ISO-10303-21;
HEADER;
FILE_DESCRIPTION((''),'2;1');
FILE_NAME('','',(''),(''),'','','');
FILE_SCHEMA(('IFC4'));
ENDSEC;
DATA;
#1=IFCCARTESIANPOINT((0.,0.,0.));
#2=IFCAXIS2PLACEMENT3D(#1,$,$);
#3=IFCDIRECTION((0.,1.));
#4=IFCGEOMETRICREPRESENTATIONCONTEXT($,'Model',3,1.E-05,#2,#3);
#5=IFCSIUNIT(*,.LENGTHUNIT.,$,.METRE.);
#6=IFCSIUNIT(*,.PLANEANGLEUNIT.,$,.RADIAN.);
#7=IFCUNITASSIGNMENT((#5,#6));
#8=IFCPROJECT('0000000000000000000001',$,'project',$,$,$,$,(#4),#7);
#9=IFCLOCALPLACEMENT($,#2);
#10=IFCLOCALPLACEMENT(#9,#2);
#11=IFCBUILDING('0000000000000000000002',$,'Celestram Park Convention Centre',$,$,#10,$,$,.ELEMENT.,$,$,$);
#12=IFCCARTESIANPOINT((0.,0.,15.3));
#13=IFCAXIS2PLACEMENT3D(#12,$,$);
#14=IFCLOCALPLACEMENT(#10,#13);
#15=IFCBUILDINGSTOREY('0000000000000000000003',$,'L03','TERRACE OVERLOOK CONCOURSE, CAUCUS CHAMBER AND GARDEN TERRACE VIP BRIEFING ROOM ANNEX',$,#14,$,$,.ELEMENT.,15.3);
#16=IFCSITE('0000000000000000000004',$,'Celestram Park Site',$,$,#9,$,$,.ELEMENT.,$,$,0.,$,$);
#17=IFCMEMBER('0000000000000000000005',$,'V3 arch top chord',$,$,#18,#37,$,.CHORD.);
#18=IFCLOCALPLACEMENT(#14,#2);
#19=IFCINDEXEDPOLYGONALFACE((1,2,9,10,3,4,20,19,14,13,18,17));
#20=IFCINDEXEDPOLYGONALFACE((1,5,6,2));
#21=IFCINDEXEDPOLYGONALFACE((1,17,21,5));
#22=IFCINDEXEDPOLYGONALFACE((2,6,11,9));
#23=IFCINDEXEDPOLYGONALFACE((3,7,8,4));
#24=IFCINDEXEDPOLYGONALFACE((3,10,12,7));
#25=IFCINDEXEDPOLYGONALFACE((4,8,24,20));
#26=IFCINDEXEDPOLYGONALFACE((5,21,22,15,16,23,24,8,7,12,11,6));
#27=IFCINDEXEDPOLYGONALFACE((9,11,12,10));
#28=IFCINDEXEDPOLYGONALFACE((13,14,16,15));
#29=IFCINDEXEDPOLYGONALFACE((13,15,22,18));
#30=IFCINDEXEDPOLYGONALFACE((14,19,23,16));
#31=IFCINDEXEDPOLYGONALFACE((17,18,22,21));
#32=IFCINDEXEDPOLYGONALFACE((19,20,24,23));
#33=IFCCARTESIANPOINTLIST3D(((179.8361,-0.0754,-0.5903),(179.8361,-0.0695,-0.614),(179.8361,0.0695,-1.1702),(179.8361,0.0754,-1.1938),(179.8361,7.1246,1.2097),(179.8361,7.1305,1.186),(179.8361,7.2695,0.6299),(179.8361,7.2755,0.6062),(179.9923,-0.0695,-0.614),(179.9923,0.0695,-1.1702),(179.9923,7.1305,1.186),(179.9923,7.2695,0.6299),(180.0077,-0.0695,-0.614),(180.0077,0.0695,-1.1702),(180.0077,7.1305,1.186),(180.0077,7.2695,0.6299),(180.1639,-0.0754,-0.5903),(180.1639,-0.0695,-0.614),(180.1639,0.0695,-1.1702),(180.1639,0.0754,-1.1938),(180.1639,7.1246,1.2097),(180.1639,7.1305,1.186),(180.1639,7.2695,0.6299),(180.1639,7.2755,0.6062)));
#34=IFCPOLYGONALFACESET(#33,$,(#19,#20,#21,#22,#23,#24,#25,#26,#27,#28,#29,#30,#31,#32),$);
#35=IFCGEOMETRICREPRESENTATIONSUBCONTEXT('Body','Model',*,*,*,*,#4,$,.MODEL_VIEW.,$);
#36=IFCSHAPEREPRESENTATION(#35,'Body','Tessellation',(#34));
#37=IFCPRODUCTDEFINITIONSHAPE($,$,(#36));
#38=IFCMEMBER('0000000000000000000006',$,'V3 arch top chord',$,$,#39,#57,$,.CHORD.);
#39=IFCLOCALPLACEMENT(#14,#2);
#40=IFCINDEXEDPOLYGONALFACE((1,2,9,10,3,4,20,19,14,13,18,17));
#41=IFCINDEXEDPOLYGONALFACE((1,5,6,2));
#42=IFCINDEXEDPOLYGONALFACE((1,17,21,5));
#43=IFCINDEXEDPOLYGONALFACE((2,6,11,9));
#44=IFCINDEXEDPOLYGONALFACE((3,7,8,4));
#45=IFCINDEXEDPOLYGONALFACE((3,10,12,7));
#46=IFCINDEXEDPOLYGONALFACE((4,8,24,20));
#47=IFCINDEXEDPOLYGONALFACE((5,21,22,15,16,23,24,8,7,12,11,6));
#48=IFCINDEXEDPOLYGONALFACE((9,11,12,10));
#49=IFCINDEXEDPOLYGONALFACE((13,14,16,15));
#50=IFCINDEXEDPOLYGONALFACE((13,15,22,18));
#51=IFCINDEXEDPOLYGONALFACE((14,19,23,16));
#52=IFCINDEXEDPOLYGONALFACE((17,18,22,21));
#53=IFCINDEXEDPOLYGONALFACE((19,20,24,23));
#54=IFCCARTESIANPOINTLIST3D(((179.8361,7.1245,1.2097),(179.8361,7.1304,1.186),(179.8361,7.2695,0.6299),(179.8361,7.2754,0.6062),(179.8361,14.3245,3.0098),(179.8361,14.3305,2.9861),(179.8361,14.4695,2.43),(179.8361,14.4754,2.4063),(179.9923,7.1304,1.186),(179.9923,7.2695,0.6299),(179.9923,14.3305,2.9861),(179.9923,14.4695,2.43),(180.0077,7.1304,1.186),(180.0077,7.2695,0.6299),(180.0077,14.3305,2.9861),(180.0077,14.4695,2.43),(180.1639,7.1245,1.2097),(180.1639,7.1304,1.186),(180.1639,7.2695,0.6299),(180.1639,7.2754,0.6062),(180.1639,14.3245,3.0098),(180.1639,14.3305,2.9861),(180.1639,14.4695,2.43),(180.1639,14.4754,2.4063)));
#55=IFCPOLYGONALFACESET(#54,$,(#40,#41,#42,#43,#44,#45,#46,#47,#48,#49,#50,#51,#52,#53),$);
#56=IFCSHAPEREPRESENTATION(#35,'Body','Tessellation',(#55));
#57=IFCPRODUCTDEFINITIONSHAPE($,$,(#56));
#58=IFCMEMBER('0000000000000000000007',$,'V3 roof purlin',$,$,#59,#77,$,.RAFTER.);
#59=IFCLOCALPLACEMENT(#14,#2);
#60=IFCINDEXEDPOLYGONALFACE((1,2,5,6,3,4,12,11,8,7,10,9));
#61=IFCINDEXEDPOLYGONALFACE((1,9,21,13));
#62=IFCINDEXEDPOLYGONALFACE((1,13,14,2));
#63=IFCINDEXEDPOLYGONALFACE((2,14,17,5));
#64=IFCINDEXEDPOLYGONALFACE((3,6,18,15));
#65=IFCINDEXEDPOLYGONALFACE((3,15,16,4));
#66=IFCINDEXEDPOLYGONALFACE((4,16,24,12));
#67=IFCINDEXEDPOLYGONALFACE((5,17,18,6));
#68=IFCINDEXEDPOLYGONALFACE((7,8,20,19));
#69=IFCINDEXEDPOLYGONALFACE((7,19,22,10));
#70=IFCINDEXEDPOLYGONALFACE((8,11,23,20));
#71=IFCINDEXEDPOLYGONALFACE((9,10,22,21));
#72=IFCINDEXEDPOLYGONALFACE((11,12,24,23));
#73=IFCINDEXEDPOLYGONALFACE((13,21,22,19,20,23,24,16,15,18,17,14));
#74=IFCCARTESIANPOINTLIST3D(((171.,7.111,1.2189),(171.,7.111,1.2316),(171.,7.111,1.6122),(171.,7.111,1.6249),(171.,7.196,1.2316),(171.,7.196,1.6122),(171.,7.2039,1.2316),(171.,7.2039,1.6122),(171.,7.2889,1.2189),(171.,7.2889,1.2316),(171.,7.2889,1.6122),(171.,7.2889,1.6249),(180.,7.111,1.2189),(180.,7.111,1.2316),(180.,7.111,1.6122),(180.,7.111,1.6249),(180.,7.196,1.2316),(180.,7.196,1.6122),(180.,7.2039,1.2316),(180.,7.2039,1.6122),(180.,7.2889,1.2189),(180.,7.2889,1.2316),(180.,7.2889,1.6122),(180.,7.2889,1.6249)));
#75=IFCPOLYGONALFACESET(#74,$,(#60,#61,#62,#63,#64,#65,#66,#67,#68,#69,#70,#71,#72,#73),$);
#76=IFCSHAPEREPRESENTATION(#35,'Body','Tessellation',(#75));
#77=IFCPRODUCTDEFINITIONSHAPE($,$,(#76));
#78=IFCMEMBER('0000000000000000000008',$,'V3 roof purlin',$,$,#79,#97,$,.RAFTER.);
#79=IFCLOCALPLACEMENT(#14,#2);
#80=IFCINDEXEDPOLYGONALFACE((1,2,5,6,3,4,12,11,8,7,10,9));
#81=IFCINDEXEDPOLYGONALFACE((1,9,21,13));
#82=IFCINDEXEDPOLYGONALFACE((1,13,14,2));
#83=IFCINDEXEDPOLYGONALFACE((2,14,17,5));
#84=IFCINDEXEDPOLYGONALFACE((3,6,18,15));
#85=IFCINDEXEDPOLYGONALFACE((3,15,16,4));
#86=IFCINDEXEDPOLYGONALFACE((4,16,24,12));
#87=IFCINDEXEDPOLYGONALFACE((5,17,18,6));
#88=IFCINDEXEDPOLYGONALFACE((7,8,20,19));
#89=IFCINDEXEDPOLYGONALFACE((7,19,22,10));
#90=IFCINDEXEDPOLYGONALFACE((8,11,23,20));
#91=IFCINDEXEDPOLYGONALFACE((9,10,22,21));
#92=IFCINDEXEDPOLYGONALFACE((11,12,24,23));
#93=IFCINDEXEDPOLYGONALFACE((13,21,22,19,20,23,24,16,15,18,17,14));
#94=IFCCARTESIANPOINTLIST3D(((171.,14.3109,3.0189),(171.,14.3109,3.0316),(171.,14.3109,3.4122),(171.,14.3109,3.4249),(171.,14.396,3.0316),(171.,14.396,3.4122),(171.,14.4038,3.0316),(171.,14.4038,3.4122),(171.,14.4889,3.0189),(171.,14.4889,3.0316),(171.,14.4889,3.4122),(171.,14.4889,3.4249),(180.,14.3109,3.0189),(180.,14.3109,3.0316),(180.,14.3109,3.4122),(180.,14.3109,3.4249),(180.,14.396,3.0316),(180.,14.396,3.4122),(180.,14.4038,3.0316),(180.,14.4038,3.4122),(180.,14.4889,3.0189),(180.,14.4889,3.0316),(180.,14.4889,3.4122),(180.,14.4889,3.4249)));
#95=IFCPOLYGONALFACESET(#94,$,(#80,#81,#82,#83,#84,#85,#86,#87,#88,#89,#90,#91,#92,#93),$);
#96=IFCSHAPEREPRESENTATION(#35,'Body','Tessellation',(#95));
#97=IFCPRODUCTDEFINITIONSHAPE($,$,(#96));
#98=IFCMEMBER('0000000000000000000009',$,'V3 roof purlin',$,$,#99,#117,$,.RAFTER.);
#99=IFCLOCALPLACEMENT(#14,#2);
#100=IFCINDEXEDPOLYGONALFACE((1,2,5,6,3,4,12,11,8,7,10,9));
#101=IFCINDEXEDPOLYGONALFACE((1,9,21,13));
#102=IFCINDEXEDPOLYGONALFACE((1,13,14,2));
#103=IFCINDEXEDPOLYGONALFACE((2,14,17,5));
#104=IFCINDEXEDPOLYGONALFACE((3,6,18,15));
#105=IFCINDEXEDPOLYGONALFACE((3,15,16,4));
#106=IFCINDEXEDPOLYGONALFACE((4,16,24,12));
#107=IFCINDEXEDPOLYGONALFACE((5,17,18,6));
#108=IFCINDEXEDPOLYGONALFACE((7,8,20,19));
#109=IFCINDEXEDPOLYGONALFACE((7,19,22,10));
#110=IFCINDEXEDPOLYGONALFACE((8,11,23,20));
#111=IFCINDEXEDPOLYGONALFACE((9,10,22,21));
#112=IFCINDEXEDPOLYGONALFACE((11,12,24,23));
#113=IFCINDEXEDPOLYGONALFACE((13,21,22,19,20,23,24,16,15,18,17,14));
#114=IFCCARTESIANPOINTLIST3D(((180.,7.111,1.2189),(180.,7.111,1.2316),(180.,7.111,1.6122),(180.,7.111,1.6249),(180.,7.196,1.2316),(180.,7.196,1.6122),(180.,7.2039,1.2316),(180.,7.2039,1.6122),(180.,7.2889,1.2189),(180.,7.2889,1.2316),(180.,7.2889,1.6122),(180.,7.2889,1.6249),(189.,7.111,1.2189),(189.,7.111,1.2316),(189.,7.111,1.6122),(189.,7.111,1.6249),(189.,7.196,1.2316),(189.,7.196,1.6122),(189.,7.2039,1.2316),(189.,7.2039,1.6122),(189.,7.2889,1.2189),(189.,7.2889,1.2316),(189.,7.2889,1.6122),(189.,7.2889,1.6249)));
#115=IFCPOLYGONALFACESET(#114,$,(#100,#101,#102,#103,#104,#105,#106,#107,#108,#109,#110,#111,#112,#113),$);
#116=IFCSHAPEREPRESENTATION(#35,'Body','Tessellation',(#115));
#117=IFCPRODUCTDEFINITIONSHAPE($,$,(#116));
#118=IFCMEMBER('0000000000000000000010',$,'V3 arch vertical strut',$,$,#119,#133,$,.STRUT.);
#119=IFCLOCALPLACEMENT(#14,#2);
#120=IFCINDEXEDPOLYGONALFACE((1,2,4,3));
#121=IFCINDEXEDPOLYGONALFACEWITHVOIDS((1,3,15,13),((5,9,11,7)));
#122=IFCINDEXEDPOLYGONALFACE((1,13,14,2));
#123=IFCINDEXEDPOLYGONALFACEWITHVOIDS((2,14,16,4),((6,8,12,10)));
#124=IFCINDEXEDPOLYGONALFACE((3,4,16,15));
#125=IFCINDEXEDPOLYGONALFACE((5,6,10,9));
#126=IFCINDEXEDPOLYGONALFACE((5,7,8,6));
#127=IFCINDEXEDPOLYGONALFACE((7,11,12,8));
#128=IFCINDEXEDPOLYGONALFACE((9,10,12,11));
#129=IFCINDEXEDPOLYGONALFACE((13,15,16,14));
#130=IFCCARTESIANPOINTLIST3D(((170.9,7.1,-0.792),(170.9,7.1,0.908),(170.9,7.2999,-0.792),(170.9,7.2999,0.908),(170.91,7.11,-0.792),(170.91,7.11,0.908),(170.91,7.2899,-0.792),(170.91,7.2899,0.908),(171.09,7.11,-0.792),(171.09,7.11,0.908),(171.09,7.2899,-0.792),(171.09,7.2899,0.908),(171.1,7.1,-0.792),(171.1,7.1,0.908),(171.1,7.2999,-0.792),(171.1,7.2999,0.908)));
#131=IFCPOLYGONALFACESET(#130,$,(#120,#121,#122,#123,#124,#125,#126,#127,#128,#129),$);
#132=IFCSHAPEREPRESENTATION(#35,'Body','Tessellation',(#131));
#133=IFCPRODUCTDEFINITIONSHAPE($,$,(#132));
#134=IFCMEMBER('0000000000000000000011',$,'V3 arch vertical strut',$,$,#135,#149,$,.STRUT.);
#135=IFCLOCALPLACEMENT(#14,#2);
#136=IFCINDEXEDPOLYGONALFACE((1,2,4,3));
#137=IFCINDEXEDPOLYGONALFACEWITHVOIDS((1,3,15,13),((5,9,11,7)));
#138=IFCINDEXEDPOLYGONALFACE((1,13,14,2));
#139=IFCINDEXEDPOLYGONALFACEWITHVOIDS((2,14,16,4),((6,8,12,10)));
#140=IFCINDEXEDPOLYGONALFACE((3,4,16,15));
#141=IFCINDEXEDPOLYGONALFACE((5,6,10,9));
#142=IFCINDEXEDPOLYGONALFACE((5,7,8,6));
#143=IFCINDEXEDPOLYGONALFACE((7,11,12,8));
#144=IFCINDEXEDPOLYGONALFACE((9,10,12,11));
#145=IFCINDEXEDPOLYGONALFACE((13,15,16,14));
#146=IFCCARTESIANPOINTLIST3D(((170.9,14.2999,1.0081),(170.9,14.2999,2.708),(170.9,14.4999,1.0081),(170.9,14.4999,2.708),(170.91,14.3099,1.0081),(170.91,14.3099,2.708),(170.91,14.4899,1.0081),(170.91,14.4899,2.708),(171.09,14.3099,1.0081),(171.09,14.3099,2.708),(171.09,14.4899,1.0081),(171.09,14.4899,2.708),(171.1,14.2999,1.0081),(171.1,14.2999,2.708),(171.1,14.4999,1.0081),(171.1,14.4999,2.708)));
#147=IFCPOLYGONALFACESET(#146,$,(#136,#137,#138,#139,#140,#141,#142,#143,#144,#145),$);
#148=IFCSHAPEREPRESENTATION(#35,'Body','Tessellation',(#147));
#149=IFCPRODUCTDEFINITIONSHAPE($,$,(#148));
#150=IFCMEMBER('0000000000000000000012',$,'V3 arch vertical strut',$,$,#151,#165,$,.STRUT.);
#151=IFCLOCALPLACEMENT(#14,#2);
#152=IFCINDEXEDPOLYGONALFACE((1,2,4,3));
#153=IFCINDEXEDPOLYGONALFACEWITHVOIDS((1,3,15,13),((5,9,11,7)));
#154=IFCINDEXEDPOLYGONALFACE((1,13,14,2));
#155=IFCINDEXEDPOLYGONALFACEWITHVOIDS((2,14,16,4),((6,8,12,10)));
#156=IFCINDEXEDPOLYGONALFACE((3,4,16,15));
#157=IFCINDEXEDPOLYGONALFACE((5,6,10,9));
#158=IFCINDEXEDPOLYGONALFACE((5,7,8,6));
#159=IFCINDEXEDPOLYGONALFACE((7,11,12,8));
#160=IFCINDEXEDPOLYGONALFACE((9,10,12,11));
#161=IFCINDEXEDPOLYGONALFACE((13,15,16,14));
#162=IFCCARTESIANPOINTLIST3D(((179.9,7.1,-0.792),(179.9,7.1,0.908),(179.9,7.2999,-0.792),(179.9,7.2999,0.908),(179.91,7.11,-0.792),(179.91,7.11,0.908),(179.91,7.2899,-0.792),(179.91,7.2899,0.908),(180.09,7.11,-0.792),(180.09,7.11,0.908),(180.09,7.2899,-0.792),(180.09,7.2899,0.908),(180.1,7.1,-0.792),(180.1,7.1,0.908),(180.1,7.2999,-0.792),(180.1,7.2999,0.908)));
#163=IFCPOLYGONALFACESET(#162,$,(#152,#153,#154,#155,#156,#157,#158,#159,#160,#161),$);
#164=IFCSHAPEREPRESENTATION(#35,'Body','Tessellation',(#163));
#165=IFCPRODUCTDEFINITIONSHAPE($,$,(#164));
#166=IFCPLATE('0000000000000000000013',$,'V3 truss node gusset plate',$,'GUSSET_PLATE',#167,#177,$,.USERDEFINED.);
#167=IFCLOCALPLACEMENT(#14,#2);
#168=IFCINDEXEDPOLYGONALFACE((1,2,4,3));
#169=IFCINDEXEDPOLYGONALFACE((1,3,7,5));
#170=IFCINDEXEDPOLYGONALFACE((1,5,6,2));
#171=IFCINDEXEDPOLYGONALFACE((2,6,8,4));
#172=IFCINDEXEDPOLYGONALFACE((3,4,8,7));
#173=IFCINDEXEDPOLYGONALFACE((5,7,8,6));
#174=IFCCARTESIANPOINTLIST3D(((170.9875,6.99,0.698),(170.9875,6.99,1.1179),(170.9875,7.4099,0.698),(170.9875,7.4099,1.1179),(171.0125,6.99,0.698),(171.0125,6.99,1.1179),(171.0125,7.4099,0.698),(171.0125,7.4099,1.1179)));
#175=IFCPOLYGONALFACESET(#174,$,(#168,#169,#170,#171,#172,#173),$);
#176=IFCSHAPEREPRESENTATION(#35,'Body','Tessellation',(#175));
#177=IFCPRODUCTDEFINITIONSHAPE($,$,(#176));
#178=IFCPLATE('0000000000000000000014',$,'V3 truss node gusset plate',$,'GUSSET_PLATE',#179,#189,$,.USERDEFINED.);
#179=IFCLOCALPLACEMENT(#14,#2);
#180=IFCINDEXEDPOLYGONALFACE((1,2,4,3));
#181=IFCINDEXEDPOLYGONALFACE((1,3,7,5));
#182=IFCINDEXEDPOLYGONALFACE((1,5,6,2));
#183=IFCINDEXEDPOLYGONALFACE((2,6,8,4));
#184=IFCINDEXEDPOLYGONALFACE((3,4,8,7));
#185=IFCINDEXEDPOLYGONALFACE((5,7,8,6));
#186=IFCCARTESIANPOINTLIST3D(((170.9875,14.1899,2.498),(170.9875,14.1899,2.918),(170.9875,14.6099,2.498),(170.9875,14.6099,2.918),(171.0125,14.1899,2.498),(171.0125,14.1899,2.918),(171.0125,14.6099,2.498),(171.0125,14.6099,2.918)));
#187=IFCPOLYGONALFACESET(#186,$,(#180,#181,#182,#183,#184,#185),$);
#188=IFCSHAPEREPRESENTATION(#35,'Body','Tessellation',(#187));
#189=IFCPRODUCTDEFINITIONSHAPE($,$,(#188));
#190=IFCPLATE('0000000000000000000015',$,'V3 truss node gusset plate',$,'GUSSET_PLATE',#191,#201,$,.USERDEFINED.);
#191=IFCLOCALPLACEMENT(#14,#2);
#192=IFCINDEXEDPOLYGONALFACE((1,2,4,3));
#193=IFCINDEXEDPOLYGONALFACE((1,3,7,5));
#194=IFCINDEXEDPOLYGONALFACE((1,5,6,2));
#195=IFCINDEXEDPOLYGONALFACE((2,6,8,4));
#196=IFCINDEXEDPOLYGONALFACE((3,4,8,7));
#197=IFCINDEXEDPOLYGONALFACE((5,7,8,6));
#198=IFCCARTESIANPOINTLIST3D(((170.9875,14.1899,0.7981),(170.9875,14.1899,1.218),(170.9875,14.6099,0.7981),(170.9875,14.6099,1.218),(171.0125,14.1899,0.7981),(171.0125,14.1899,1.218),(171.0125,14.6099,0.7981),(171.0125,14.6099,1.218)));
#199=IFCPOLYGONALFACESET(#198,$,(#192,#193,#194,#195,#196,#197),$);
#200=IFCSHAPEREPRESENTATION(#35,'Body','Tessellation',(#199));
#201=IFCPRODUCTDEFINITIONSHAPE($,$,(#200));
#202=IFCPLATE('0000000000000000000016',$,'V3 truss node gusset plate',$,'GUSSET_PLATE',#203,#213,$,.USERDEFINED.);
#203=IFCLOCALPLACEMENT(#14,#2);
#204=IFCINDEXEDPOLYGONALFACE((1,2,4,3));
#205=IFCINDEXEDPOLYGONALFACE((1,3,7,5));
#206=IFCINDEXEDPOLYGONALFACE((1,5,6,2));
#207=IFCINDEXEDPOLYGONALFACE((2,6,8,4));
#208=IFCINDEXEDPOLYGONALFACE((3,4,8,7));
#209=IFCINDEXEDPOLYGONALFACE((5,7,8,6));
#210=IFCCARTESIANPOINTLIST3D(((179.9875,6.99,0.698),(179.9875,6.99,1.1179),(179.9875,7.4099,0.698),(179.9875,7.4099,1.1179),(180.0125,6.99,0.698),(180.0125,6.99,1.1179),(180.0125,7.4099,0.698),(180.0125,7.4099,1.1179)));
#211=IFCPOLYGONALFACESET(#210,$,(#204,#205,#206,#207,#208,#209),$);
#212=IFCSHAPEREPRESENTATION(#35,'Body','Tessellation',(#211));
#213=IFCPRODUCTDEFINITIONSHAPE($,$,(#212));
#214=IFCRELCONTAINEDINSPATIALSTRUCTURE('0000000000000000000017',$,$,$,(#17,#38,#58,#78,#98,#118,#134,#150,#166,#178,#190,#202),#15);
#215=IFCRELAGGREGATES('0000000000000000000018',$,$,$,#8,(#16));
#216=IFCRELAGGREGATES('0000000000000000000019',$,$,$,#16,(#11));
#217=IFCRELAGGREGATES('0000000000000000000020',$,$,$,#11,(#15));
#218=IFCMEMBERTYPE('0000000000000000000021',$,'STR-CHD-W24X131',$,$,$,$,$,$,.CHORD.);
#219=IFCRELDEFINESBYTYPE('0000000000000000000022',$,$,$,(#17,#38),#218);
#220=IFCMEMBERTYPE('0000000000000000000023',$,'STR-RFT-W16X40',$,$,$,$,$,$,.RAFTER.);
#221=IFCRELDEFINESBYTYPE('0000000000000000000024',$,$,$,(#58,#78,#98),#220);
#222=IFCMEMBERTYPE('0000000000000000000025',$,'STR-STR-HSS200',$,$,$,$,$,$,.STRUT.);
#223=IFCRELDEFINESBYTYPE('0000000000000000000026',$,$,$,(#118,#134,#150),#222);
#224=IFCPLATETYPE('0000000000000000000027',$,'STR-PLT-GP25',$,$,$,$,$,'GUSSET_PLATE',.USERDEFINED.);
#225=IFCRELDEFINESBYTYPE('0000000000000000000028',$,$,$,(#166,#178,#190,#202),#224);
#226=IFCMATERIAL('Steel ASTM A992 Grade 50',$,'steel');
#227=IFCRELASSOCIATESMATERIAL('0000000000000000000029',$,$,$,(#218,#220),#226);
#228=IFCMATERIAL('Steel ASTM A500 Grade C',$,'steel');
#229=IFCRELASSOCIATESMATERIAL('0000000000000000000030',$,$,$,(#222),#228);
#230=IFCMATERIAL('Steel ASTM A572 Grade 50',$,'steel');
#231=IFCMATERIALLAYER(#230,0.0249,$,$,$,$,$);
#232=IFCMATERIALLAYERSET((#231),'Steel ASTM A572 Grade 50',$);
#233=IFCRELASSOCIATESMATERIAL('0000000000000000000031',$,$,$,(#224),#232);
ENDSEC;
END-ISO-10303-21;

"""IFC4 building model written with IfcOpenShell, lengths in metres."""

from ifc_helpers import new_model, si_unit, direction, frame, origin, origin_2d, place, context, subcontext, project, spatial, rectangle, hollow_rectangle, i_section, extrude, material, layer, layer_set, material_profile, profile_set, type_object, element, save


model = new_model("IFC4")

# Units and contexts
model_context = context("Model", 3, precision=1e-05, world=origin(), true_north=direction((0.0, 1.0)))
body_context = subcontext(model_context, "Body", "Model", "MODEL_VIEW")
ifc_project = project(units=[si_unit("LENGTHUNIT", "METRE"), si_unit("PLANEANGLEUNIT", "RADIAN")], contexts=[model_context])

# Site, building, storey
site_placement = place(None, origin())
site = spatial("IfcSite", under=ifc_project, at=site_placement, Name="Celestram Park Site", CompositionType="ELEMENT", RefElevation=0.0)
building_placement = place(site_placement, origin())
building = spatial("IfcBuilding", under=site, at=building_placement, Name="Celestram Park Convention Centre", CompositionType="ELEMENT")
storey_placement = place(building_placement, frame((0.0, 0.0, 15.3)))
storey = spatial("IfcBuildingStorey", under=building, at=storey_placement, Name="L03", Description="TERRACE OVERLOOK CONCOURSE, CAUCUS CHAMBER AND GARDEN TERRACE VIP BRIEFING ROOM ANNEX", CompositionType="ELEMENT", Elevation=15.3)

# Members
ifc_material_1 = material(Name="Steel ASTM A500 Grade C", Category="steel")
ifc_material_2 = material(Name="Steel ASTM A992 Grade 50", Category="steel")
ifc_material_profile_1 = material_profile(ifc_material_2, i_section(OverallWidth=0.3279, OverallDepth=0.6221, WebThickness=0.0154, FlangeThickness=0.0244, at=origin_2d()), Name="W24X131")
ifc_profile_set_1 = profile_set([ifc_material_profile_1], Name="Steel ASTM A992 Grade 50")
member_type_1 = type_object("IfcMemberType", Name="STR-CHD-W24X131", PredefinedType="CHORD", material=ifc_profile_set_1)
for number, where, z_axis, x_axis, name in (
    (1, (180.0, 0.0, -0.8921), (0.0, 0.970141, 0.242543), (-1.0, 0.0, 0.0), "V3 arch top chord"),
    (2, (180.0, 7.2, 0.908), (0.0, 0.970141, 0.242543), (-1.0, 0.0, 0.0), "V3 arch top chord"),
):
    element("IfcMember", number, at=place(storey_placement, frame(where, z_axis=z_axis, x_axis=x_axis)), inside=storey, type_object=member_type_1, Name=name, PredefinedType="CHORD", context=body_context, shape_type="SweptSolid", body=[
        extrude(i_section(OverallWidth=0.3279, OverallDepth=0.6221, WebThickness=0.0154, FlangeThickness=0.0244, at=origin_2d()), origin(), (0.0, 0.0, 1.0), 7.4216),
    ])
ifc_material_profile_2 = material_profile(ifc_material_2, i_section(OverallWidth=0.178, OverallDepth=0.406, WebThickness=0.0078, FlangeThickness=0.0127, at=origin_2d()), Name="W16X40")
ifc_profile_set_2 = profile_set([ifc_material_profile_2], Name="Steel ASTM A992 Grade 50")
member_type_2 = type_object("IfcMemberType", Name="STR-RFT-W16X40", PredefinedType="RAFTER", material=ifc_profile_set_2)
for number, where, z_axis, x_axis, name in (
    (3, (171.0, 7.2, 1.4219), (1.0, 0.0, 0.0), (0.0, 1.0, 0.0), "V3 roof purlin"),
    (4, (171.0, 14.3999, 3.2219), (1.0, 0.0, 0.0), (0.0, 1.0, 0.0), "V3 roof purlin"),
    (5, (180.0, 7.2, 1.4219), (1.0, 0.0, 0.0), (0.0, 1.0, 0.0), "V3 roof purlin"),
):
    element("IfcMember", number, at=place(storey_placement, frame(where, z_axis=z_axis, x_axis=x_axis)), inside=storey, type_object=member_type_2, Name=name, PredefinedType="RAFTER", context=body_context, shape_type="SweptSolid", body=[
        extrude(i_section(OverallWidth=0.178, OverallDepth=0.406, WebThickness=0.0078, FlangeThickness=0.0127, at=origin_2d()), origin(), (0.0, 0.0, 1.0), 9.0),
    ])
ifc_material_profile_3 = material_profile(ifc_material_1, hollow_rectangle(XDim=0.2, YDim=0.2, WallThickness=0.01, at=origin_2d()), Name="HSS200X200X10")
ifc_profile_set_3 = profile_set([ifc_material_profile_3], Name="Steel ASTM A500 Grade C")
member_type_3 = type_object("IfcMemberType", Name="STR-STR-HSS200", PredefinedType="STRUT", material=ifc_profile_set_3)
for number, where, z_axis, x_axis, name in (
    (6, (171.0, 7.2, -0.792), (0.0, 0.0, 1.0), (1.0, 0.0, 0.0), "V3 arch vertical strut"),
    (7, (171.0, 14.3999, 1.0081), (0.0, 0.0, 1.0), (1.0, 0.0, 0.0), "V3 arch vertical strut"),
    (8, (180.0, 7.2, -0.792), (0.0, 0.0, 1.0), (1.0, 0.0, 0.0), "V3 arch vertical strut"),
):
    element("IfcMember", number, at=place(storey_placement, frame(where, z_axis=z_axis, x_axis=x_axis)), inside=storey, type_object=member_type_3, Name=name, PredefinedType="STRUT", context=body_context, shape_type="SweptSolid", body=[
        extrude(hollow_rectangle(XDim=0.2, YDim=0.2, WallThickness=0.01, at=origin_2d()), origin(), (0.0, 0.0, 1.0), 1.7),
    ])

# Plates
ifc_material_3 = material(Name="Steel ASTM A572 Grade 50", Category="steel")
ifc_layer_1 = layer(ifc_material_3, 0.0249)
ifc_layer_set_1 = layer_set([ifc_layer_1], Name="Steel ASTM A572 Grade 50")
plate_type = type_object("IfcPlateType", Name="STR-PLT-GP25", ElementType="GUSSET_PLATE", PredefinedType="USERDEFINED", material=ifc_layer_set_1)
for number, where, z_axis, x_axis, name in (
    (9, (171.0, 7.2, 0.698), (0.0, 0.0, 1.0), (0.0, 1.0, 0.0), "V3 truss node gusset plate"),
    (10, (171.0, 14.3999, 2.498), (0.0, 0.0, 1.0), (0.0, 1.0, 0.0), "V3 truss node gusset plate"),
    (11, (171.0, 14.3999, 0.7981), (0.0, 0.0, 1.0), (0.0, 1.0, 0.0), "V3 truss node gusset plate"),
    (12, (180.0, 7.2, 0.698), (0.0, 0.0, 1.0), (0.0, 1.0, 0.0), "V3 truss node gusset plate"),
):
    element("IfcPlate", number, at=place(storey_placement, frame(where, z_axis=z_axis, x_axis=x_axis)), inside=storey, type_object=plate_type, Name=name, ObjectType="GUSSET_PLATE", PredefinedType="USERDEFINED", context=body_context, shape_type="SweptSolid", body=[
        extrude(rectangle(XDim=0.4199, YDim=0.0249, at=origin_2d()), origin(), (0.0, 0.0, 1.0), 0.4199),
    ])

save(model, "model.ifc")
